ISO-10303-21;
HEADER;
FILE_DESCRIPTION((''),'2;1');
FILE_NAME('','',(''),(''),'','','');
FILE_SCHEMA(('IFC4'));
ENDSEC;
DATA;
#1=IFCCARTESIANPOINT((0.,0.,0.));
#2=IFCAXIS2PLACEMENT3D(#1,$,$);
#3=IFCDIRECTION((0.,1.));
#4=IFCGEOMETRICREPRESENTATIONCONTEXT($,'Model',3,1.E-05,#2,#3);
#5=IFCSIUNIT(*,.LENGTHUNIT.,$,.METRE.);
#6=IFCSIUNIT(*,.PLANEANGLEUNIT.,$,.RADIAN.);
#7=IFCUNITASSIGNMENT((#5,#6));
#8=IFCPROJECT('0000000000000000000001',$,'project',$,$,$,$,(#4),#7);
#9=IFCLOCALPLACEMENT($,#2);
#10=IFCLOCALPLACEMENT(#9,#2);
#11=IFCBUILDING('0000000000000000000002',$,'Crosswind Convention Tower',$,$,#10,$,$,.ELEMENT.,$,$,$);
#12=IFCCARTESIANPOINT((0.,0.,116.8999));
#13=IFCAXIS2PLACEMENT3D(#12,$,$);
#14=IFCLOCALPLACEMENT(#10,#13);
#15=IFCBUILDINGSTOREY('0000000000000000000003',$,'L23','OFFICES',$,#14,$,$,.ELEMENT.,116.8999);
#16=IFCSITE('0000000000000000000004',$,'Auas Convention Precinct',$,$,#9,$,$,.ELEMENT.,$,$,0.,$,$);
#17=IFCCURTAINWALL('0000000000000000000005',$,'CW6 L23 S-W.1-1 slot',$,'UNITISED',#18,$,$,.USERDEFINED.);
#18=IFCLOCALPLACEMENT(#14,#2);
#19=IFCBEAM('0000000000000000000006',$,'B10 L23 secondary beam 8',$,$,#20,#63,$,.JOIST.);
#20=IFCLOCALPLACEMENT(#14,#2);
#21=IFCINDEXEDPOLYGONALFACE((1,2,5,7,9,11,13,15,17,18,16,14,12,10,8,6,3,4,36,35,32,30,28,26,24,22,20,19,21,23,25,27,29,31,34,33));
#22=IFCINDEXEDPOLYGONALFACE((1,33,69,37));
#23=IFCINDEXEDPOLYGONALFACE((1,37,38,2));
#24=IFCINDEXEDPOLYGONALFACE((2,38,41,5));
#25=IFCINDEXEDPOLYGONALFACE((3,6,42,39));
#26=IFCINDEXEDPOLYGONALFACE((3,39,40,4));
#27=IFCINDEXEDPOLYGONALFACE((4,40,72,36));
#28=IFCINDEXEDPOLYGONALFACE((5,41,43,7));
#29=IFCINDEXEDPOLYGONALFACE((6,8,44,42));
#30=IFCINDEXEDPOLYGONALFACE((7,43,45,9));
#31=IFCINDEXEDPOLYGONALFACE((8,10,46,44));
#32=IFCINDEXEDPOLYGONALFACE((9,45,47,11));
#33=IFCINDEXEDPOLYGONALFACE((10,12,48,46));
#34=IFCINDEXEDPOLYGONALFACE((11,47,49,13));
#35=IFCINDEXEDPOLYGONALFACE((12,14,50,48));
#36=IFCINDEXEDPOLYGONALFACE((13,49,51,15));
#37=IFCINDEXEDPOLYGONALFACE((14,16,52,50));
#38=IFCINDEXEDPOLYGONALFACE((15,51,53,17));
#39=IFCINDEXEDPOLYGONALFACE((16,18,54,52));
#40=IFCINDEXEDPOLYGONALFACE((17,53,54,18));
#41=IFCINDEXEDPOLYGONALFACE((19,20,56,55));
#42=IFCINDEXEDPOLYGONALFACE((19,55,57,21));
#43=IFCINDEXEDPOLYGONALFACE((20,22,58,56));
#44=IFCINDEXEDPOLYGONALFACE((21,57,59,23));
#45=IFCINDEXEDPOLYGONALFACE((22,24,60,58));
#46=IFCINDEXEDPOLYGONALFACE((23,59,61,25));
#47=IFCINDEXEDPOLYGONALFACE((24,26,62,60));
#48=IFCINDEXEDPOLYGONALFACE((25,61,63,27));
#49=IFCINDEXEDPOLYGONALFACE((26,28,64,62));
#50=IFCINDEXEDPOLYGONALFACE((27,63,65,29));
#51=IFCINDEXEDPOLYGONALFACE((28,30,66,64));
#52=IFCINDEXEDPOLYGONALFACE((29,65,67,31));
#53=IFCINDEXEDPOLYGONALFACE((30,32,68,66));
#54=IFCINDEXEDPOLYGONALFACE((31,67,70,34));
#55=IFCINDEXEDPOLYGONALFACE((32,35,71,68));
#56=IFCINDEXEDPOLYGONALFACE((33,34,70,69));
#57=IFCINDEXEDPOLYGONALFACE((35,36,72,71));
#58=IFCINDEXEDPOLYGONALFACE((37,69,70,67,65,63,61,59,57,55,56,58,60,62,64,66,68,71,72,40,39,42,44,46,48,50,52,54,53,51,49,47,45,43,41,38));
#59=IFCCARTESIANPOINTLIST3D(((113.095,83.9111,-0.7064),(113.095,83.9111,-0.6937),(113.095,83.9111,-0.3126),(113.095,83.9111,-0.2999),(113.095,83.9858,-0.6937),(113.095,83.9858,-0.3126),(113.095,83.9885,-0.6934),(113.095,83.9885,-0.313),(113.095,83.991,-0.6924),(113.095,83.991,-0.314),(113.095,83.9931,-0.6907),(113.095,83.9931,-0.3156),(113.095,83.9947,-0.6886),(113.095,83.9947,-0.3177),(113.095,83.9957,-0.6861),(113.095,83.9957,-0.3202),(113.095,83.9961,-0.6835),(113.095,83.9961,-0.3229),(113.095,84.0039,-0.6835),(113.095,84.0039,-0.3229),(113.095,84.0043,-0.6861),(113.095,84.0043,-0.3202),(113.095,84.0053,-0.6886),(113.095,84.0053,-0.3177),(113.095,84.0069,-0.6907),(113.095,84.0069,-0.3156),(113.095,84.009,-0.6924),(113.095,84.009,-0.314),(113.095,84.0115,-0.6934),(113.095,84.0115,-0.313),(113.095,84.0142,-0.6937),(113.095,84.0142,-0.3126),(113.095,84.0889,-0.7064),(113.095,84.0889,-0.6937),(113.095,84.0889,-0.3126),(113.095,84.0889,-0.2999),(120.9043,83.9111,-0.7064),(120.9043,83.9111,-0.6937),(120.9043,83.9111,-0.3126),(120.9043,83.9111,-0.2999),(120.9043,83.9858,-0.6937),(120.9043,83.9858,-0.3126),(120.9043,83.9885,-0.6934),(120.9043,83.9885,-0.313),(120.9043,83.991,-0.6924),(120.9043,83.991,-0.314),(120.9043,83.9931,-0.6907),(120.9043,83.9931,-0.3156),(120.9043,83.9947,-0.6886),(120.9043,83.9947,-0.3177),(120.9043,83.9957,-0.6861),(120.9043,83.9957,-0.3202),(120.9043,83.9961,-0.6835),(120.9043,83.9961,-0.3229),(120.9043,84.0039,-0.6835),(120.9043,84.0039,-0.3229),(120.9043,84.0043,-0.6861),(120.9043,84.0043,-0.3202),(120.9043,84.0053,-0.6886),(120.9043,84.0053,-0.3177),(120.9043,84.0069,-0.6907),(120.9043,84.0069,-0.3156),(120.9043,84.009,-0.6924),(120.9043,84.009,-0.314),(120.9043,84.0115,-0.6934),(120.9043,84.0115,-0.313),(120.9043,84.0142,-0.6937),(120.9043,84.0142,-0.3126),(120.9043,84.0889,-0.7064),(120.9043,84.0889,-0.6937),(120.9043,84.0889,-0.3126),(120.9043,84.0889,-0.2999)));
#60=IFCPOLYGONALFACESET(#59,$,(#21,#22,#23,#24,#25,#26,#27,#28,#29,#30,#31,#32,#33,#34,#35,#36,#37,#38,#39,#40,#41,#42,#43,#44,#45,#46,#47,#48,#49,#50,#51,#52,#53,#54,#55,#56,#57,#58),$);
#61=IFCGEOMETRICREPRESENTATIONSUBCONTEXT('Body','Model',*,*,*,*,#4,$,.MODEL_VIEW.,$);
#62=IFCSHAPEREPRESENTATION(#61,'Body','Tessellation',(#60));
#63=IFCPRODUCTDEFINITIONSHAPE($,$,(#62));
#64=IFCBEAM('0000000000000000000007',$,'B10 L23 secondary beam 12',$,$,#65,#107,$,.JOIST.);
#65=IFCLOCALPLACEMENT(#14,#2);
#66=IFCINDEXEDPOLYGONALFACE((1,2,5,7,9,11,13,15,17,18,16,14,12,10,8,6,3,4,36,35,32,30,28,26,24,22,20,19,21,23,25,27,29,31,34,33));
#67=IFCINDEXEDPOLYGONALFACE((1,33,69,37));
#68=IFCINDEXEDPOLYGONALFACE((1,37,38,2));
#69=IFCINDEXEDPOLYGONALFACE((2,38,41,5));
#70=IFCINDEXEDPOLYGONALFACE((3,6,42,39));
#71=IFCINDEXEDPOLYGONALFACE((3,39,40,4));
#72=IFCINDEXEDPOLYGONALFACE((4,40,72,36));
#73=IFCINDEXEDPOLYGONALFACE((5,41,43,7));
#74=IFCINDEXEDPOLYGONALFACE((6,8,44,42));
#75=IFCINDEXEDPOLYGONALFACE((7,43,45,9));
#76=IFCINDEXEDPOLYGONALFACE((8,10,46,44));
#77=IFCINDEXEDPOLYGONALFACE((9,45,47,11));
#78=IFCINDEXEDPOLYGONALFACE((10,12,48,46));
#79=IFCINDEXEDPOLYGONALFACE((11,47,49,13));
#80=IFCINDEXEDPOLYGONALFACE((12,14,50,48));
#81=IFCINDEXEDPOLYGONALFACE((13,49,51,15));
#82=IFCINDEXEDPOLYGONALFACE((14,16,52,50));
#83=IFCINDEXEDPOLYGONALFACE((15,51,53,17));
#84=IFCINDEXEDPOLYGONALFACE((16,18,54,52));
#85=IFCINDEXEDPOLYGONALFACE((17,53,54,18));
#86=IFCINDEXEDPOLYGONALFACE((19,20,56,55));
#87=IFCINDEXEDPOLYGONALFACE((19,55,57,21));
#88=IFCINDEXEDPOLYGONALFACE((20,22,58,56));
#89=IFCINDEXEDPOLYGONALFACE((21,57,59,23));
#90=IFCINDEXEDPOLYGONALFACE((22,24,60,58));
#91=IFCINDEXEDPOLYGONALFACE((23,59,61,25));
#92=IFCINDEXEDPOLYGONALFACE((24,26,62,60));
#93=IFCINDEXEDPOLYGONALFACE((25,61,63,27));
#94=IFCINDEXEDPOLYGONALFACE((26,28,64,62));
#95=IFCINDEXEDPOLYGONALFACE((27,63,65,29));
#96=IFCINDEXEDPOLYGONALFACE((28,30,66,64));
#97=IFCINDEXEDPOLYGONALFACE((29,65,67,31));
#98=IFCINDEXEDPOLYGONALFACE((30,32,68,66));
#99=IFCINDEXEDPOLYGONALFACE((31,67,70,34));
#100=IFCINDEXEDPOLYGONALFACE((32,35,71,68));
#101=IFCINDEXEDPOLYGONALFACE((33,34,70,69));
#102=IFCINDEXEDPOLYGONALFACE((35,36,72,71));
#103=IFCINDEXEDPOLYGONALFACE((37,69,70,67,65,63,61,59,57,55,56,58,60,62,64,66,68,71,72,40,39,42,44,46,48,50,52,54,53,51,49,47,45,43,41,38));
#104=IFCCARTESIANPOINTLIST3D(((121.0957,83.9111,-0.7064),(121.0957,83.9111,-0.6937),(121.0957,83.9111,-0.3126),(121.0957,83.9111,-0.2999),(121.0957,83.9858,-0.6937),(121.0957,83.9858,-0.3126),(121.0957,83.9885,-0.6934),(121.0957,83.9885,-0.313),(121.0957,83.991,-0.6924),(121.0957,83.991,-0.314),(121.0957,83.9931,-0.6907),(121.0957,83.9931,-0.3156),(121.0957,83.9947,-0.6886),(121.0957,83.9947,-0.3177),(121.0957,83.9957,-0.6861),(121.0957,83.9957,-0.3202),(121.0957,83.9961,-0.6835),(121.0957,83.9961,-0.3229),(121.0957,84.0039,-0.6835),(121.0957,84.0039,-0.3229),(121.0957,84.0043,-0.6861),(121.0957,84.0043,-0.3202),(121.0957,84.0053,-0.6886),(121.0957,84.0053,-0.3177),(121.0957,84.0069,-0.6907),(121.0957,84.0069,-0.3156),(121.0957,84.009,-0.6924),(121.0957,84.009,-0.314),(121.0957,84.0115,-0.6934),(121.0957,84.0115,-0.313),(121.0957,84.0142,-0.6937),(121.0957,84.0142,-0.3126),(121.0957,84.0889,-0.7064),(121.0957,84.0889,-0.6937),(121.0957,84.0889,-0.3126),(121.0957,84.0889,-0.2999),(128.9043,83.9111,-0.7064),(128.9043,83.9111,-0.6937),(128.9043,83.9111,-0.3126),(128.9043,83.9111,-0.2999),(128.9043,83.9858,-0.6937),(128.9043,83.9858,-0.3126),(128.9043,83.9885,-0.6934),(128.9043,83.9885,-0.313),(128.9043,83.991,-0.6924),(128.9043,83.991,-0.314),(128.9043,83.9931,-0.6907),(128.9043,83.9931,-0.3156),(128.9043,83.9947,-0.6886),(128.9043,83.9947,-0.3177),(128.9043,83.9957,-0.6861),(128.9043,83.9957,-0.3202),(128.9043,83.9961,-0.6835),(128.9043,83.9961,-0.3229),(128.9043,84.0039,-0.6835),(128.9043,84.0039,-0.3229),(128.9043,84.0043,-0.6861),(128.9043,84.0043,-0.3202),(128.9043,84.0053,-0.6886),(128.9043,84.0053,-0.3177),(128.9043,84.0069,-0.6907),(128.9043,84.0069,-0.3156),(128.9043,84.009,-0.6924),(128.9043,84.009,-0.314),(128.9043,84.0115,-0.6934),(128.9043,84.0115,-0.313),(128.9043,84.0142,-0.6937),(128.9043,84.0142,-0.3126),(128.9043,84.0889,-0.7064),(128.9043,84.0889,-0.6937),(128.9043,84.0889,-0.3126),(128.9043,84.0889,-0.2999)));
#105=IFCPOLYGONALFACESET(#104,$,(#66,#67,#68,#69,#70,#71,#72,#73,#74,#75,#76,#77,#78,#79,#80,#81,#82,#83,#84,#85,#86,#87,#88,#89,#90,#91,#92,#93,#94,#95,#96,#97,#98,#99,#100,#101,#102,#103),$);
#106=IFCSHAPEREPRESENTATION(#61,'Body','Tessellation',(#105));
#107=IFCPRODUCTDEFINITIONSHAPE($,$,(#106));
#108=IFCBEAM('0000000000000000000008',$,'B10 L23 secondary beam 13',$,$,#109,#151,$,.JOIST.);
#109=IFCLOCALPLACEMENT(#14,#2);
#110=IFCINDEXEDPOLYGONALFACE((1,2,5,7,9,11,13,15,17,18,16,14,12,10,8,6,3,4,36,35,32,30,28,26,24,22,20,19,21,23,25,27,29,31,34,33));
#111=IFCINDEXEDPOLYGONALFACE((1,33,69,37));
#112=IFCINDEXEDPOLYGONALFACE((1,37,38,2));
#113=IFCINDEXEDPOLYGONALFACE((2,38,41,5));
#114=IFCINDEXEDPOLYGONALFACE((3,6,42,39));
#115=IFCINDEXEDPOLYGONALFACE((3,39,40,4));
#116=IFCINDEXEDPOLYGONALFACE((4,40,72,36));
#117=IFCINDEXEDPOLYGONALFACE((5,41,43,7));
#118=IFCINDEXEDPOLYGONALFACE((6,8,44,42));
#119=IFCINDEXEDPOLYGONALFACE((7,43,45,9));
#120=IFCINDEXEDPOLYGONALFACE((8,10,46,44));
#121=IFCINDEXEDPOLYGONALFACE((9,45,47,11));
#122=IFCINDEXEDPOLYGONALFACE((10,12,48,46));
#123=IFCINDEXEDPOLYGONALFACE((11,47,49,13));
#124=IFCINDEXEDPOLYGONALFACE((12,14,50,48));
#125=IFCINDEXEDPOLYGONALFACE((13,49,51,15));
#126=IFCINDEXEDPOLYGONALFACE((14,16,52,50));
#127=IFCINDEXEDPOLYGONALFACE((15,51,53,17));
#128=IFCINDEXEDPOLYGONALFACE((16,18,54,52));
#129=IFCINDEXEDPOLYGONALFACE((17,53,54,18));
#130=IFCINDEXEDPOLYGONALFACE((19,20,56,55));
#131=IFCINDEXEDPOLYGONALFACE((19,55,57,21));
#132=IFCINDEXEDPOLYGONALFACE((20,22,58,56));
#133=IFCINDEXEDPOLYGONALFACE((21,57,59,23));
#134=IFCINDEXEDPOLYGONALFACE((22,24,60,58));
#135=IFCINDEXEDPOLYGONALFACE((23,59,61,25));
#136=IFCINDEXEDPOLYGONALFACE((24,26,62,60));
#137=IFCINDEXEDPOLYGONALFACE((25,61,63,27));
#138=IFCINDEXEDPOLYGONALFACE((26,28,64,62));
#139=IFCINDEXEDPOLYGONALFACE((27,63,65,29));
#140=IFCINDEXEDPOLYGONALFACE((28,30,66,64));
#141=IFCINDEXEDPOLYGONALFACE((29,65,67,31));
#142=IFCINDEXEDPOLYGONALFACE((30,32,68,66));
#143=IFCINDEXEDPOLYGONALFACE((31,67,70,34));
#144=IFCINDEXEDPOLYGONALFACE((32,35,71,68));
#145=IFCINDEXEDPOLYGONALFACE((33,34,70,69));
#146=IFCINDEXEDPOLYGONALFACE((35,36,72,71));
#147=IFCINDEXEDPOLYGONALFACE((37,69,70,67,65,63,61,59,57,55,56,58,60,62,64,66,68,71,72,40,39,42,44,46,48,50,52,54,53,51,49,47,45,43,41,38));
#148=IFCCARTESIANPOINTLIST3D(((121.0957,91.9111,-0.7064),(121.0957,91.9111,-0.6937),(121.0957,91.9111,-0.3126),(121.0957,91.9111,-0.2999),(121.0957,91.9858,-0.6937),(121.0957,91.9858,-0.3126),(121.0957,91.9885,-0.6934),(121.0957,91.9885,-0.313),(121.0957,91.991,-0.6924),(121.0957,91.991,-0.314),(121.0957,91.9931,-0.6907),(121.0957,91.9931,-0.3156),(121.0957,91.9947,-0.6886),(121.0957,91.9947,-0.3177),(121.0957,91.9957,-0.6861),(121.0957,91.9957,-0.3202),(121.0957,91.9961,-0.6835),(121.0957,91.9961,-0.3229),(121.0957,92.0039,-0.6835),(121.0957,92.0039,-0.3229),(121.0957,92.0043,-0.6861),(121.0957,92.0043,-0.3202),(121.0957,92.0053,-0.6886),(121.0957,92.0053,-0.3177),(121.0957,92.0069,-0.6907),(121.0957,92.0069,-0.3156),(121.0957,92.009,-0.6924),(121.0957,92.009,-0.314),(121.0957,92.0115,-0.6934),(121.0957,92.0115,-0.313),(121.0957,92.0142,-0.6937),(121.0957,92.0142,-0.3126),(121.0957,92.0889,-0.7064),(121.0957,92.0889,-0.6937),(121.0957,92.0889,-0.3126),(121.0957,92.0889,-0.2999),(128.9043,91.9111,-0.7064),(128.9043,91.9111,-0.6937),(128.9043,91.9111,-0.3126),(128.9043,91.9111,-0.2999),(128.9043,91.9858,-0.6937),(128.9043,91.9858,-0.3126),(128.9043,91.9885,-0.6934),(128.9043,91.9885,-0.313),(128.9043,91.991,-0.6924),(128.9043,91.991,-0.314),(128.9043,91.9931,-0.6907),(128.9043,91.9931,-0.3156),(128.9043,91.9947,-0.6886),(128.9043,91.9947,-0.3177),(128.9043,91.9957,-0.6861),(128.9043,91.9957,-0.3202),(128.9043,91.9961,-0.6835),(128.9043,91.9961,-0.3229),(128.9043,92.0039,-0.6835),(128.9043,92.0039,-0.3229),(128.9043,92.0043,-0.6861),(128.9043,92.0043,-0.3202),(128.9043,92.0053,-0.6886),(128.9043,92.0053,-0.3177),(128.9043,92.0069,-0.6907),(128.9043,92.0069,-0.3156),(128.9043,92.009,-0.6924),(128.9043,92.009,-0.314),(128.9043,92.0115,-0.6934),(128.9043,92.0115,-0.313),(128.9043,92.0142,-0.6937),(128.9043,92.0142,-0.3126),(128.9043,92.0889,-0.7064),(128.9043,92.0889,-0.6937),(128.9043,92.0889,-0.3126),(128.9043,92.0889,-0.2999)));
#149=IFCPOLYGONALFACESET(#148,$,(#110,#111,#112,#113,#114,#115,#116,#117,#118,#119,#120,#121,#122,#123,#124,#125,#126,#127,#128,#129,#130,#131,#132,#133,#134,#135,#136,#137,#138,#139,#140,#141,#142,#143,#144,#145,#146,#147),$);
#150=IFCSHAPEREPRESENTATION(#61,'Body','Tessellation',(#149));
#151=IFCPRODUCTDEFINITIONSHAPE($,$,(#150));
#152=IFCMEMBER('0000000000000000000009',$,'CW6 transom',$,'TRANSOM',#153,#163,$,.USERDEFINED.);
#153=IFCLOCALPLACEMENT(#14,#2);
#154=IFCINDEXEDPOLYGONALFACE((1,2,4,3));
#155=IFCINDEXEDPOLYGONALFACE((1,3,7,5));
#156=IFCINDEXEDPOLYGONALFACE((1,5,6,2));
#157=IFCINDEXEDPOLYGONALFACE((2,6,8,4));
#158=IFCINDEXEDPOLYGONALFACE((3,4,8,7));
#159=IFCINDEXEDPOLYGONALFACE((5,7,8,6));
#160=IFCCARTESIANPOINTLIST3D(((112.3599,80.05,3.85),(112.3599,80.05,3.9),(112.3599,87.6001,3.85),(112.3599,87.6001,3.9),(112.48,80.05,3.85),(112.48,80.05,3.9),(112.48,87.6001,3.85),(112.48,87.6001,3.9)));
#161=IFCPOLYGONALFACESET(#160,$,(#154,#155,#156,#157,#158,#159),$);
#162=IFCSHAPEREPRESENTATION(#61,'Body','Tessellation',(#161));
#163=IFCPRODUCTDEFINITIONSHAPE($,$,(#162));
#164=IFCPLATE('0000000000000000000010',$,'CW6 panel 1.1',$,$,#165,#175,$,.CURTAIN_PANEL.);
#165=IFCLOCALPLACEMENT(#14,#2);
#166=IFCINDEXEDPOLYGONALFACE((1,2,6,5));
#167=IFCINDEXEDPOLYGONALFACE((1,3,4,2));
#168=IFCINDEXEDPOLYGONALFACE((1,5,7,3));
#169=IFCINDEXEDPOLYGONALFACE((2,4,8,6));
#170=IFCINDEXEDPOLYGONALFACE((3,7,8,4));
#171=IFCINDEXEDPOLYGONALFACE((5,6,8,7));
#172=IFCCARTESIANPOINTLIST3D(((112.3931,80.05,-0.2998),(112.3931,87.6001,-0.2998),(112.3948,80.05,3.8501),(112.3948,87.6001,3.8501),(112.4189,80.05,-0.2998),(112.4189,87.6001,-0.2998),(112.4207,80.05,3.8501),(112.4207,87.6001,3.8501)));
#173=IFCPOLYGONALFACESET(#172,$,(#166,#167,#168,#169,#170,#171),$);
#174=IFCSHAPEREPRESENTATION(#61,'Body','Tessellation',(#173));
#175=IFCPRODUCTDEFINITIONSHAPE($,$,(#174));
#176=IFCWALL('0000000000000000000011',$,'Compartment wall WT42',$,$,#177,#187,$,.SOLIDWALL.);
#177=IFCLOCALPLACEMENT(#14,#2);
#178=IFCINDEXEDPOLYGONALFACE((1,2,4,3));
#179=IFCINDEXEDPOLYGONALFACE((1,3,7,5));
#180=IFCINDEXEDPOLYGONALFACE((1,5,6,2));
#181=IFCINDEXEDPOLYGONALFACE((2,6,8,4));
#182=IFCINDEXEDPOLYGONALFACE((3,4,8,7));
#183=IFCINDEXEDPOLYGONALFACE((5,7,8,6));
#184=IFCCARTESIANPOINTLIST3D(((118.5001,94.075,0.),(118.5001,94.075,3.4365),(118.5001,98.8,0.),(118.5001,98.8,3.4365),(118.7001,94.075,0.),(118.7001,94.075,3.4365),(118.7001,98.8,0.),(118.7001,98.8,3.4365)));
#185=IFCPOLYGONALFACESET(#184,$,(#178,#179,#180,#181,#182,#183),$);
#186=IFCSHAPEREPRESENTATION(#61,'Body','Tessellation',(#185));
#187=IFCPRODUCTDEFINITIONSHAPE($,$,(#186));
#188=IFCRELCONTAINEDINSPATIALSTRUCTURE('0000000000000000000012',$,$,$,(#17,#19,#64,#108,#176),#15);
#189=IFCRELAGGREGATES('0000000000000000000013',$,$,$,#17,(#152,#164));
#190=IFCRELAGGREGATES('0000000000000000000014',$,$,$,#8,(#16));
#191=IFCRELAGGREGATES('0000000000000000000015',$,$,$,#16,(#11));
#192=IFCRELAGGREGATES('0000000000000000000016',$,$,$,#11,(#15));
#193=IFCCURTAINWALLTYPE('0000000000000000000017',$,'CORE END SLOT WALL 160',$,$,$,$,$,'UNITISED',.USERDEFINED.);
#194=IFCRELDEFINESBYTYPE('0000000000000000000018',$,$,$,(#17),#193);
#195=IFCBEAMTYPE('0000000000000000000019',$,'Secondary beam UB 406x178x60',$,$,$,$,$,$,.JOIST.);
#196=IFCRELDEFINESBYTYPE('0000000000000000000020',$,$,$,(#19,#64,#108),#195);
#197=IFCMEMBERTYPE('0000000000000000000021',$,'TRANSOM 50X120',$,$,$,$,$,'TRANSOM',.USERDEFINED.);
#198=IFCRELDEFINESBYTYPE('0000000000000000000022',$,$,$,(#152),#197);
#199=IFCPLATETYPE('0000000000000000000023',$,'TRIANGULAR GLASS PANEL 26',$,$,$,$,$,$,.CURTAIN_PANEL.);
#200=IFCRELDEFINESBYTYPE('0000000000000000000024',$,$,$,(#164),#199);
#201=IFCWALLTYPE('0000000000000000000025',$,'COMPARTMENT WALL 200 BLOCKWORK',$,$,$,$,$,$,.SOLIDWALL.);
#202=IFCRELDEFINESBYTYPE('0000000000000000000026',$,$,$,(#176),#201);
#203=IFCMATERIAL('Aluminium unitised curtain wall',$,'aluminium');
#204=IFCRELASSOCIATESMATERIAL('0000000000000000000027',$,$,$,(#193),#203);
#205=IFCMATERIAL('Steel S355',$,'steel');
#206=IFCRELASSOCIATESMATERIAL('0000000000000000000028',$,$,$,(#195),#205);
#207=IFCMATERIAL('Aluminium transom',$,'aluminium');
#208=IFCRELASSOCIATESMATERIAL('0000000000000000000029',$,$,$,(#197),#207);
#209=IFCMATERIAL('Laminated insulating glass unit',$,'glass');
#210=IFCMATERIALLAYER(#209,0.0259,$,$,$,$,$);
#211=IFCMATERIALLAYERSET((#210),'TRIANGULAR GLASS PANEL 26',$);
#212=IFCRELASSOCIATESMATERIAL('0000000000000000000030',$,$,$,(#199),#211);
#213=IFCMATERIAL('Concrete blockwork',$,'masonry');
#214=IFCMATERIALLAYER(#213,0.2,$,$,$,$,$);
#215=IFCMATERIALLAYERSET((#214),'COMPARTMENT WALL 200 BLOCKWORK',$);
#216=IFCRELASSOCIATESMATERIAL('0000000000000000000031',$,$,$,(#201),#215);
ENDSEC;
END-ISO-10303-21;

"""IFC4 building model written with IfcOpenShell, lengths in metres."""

from ifc_helpers import new_model, si_unit, direction, frame, frame_2d, origin, origin_2d, place, context, subcontext, project, spatial, polyline, rectangle, i_section, outline, extrude, material, layer, layer_set, material_profile, profile_set, type_object, element, aggregate, save


model = new_model("IFC4")

# Units and contexts
model_context = context("Model", 3, precision=1e-05, world=origin(), true_north=direction((0.0, 1.0)))
body_context = subcontext(model_context, "Body", "Model", "MODEL_VIEW")
ifc_project = project(units=[si_unit("LENGTHUNIT", "METRE"), si_unit("PLANEANGLEUNIT", "RADIAN")], contexts=[model_context])

# Site, building, storey
site_placement = place(None, origin())
site = spatial("IfcSite", under=ifc_project, at=site_placement, Name="Auas Convention Precinct", CompositionType="ELEMENT", RefElevation=0.0)
building_placement = place(site_placement, origin())
building = spatial("IfcBuilding", under=site, at=building_placement, Name="Crosswind Convention Tower", CompositionType="ELEMENT")
storey_placement = place(building_placement, frame((0.0, 0.0, 116.8999)))
storey = spatial("IfcBuildingStorey", under=building, at=storey_placement, Name="L23", Description="OFFICES", CompositionType="ELEMENT", Elevation=116.8999)

# Shared definitions
ifc_material_1 = material(Name="Steel S355", Category="steel")

# Curtain wall
ifc_material_2 = material(Name="Aluminium unitised curtain wall", Category="aluminium")
curtain_wall_type = type_object("IfcCurtainWallType", Name="CORE END SLOT WALL 160", ElementType="UNITISED", PredefinedType="USERDEFINED", material=ifc_material_2)
curtain_wall_placement = place(storey_placement, origin())
curtain_wall = element("IfcCurtainWall", 1, at=curtain_wall_placement, inside=storey, type_object=curtain_wall_type, Name="CW6 L23 S-W.1-1 slot", ObjectType="UNITISED", PredefinedType="USERDEFINED")

# Beams
ifc_material_profile_1 = material_profile(ifc_material_1, i_section(OverallWidth=0.1777, OverallDepth=0.4065, WebThickness=0.0078, FlangeThickness=0.0127, FilletRadius=0.0103, at=origin_2d()), Name="UB 406x178x60")
ifc_profile_set_1 = profile_set([ifc_material_profile_1], Name="Steel S355")
beam_type_1 = type_object("IfcBeamType", Name="Secondary beam UB 406x178x60", PredefinedType="JOIST", material=ifc_profile_set_1)
beam_1_placement = place(storey_placement, frame((113.095, 84.0, -0.5032), z_axis=(1.0, 0.0, 0.0), x_axis=(0.0, 1.0, 0.0)))
element("IfcBeam", 2, at=beam_1_placement, inside=storey, type_object=beam_type_1, Name="B10 L23 secondary beam 8", PredefinedType="JOIST", context=body_context, shape_type="SweptSolid", body=[
    extrude(i_section(OverallWidth=0.1777, OverallDepth=0.4065, WebThickness=0.0078, FlangeThickness=0.0127, FilletRadius=0.0103, at=origin_2d()), origin(), (0.0, 0.0, 1.0), 7.8093),
])
for number, where, z_axis, x_axis, name in (
    (3, (121.0957, 84.0, -0.5032), (1.0, 0.0, 0.0), (0.0, 1.0, 0.0), "B10 L23 secondary beam 12"),
    (4, (121.0957, 92.0, -0.5032), (1.0, 0.0, 0.0), (0.0, 1.0, 0.0), "B10 L23 secondary beam 13"),
):
    element("IfcBeam", number, at=place(storey_placement, frame(where, z_axis=z_axis, x_axis=x_axis)), inside=storey, type_object=beam_type_1, Name=name, PredefinedType="JOIST", context=body_context, shape_type="SweptSolid", body=[
        extrude(i_section(OverallWidth=0.1777, OverallDepth=0.4065, WebThickness=0.0078, FlangeThickness=0.0127, FilletRadius=0.0103, at=origin_2d()), origin(), (0.0, 0.0, 1.0), 7.8086),
    ])

# Member
ifc_material_3 = material(Name="Aluminium transom", Category="aluminium")
ifc_material_profile_2 = material_profile(ifc_material_3, rectangle(XDim=0.1201, YDim=0.05, at=origin_2d()), Name="AL 120X50")
ifc_profile_set_2 = profile_set([ifc_material_profile_2], Name="Aluminium transom")
member_type_1 = type_object("IfcMemberType", Name="TRANSOM 50X120", ElementType="TRANSOM", PredefinedType="USERDEFINED", material=ifc_profile_set_2)
member_1_placement = place(storey_placement, frame((112.4199, 87.6001, 3.875), z_axis=(0.0, -1.0, 0.0), x_axis=(1.0, 0.0, 0.0)))
member_1 = element("IfcMember", 5, at=member_1_placement, type_object=member_type_1, Name="CW6 transom", ObjectType="TRANSOM", PredefinedType="USERDEFINED", context=body_context, shape_type="SweptSolid", body=[
    extrude(rectangle(XDim=0.1201, YDim=0.05, at=origin_2d()), origin(), (0.0, 0.0, 1.0), 7.55),
])

# Plate
ifc_material_4 = material(Name="Laminated insulating glass unit", Category="glass")
ifc_layer_1 = layer(ifc_material_4, 0.0259)
ifc_layer_set_1 = layer_set([ifc_layer_1], Name="TRIANGULAR GLASS PANEL 26")
plate_type = type_object("IfcPlateType", Name="TRIANGULAR GLASS PANEL 26", PredefinedType="CURTAIN_PANEL", material=ifc_layer_set_1)
plate_placement = place(storey_placement, frame((112.3931, 87.6001, -0.2998), z_axis=(-1.0, 0.0, 0.000412), x_axis=(0.0, -1.0, 0.0)))
plate = element("IfcPlate", 6, at=plate_placement, type_object=plate_type, Name="CW6 panel 1.1", PredefinedType="CURTAIN_PANEL", context=body_context, shape_type="SweptSolid", body=[
    extrude(outline(polyline([(0.0, 0.0), (7.55, 0.0), (7.55, 4.1499), (0.0, 4.1499), (0.0, 0.0)])), origin(), (0.0, 0.0, -1.0), 0.0259),
])
aggregate(curtain_wall, [member_1, plate])

# Wall
ifc_material_5 = material(Name="Concrete blockwork", Category="masonry")
ifc_layer_2 = layer(ifc_material_5, 0.2)
ifc_layer_set_2 = layer_set([ifc_layer_2], Name="COMPARTMENT WALL 200 BLOCKWORK")
wall_type_1 = type_object("IfcWallType", Name="COMPARTMENT WALL 200 BLOCKWORK", PredefinedType="SOLIDWALL", material=ifc_layer_set_2)
wall_1_placement = place(storey_placement, frame((118.6001, 94.075, 0.0), z_axis=(0.0, 0.0, 1.0), x_axis=(0.0, 1.0, 0.0)))
element("IfcWall", 7, at=wall_1_placement, inside=storey, type_object=wall_type_1, Name="Compartment wall WT42", PredefinedType="SOLIDWALL", context=body_context, shape_type="SweptSolid", body=[
    extrude(rectangle(XDim=4.7251, YDim=0.2, at=frame_2d((2.3625, 0.0))), origin(), (0.0, 0.0, 1.0), 3.4365),
])

save(model, "model.ifc")
